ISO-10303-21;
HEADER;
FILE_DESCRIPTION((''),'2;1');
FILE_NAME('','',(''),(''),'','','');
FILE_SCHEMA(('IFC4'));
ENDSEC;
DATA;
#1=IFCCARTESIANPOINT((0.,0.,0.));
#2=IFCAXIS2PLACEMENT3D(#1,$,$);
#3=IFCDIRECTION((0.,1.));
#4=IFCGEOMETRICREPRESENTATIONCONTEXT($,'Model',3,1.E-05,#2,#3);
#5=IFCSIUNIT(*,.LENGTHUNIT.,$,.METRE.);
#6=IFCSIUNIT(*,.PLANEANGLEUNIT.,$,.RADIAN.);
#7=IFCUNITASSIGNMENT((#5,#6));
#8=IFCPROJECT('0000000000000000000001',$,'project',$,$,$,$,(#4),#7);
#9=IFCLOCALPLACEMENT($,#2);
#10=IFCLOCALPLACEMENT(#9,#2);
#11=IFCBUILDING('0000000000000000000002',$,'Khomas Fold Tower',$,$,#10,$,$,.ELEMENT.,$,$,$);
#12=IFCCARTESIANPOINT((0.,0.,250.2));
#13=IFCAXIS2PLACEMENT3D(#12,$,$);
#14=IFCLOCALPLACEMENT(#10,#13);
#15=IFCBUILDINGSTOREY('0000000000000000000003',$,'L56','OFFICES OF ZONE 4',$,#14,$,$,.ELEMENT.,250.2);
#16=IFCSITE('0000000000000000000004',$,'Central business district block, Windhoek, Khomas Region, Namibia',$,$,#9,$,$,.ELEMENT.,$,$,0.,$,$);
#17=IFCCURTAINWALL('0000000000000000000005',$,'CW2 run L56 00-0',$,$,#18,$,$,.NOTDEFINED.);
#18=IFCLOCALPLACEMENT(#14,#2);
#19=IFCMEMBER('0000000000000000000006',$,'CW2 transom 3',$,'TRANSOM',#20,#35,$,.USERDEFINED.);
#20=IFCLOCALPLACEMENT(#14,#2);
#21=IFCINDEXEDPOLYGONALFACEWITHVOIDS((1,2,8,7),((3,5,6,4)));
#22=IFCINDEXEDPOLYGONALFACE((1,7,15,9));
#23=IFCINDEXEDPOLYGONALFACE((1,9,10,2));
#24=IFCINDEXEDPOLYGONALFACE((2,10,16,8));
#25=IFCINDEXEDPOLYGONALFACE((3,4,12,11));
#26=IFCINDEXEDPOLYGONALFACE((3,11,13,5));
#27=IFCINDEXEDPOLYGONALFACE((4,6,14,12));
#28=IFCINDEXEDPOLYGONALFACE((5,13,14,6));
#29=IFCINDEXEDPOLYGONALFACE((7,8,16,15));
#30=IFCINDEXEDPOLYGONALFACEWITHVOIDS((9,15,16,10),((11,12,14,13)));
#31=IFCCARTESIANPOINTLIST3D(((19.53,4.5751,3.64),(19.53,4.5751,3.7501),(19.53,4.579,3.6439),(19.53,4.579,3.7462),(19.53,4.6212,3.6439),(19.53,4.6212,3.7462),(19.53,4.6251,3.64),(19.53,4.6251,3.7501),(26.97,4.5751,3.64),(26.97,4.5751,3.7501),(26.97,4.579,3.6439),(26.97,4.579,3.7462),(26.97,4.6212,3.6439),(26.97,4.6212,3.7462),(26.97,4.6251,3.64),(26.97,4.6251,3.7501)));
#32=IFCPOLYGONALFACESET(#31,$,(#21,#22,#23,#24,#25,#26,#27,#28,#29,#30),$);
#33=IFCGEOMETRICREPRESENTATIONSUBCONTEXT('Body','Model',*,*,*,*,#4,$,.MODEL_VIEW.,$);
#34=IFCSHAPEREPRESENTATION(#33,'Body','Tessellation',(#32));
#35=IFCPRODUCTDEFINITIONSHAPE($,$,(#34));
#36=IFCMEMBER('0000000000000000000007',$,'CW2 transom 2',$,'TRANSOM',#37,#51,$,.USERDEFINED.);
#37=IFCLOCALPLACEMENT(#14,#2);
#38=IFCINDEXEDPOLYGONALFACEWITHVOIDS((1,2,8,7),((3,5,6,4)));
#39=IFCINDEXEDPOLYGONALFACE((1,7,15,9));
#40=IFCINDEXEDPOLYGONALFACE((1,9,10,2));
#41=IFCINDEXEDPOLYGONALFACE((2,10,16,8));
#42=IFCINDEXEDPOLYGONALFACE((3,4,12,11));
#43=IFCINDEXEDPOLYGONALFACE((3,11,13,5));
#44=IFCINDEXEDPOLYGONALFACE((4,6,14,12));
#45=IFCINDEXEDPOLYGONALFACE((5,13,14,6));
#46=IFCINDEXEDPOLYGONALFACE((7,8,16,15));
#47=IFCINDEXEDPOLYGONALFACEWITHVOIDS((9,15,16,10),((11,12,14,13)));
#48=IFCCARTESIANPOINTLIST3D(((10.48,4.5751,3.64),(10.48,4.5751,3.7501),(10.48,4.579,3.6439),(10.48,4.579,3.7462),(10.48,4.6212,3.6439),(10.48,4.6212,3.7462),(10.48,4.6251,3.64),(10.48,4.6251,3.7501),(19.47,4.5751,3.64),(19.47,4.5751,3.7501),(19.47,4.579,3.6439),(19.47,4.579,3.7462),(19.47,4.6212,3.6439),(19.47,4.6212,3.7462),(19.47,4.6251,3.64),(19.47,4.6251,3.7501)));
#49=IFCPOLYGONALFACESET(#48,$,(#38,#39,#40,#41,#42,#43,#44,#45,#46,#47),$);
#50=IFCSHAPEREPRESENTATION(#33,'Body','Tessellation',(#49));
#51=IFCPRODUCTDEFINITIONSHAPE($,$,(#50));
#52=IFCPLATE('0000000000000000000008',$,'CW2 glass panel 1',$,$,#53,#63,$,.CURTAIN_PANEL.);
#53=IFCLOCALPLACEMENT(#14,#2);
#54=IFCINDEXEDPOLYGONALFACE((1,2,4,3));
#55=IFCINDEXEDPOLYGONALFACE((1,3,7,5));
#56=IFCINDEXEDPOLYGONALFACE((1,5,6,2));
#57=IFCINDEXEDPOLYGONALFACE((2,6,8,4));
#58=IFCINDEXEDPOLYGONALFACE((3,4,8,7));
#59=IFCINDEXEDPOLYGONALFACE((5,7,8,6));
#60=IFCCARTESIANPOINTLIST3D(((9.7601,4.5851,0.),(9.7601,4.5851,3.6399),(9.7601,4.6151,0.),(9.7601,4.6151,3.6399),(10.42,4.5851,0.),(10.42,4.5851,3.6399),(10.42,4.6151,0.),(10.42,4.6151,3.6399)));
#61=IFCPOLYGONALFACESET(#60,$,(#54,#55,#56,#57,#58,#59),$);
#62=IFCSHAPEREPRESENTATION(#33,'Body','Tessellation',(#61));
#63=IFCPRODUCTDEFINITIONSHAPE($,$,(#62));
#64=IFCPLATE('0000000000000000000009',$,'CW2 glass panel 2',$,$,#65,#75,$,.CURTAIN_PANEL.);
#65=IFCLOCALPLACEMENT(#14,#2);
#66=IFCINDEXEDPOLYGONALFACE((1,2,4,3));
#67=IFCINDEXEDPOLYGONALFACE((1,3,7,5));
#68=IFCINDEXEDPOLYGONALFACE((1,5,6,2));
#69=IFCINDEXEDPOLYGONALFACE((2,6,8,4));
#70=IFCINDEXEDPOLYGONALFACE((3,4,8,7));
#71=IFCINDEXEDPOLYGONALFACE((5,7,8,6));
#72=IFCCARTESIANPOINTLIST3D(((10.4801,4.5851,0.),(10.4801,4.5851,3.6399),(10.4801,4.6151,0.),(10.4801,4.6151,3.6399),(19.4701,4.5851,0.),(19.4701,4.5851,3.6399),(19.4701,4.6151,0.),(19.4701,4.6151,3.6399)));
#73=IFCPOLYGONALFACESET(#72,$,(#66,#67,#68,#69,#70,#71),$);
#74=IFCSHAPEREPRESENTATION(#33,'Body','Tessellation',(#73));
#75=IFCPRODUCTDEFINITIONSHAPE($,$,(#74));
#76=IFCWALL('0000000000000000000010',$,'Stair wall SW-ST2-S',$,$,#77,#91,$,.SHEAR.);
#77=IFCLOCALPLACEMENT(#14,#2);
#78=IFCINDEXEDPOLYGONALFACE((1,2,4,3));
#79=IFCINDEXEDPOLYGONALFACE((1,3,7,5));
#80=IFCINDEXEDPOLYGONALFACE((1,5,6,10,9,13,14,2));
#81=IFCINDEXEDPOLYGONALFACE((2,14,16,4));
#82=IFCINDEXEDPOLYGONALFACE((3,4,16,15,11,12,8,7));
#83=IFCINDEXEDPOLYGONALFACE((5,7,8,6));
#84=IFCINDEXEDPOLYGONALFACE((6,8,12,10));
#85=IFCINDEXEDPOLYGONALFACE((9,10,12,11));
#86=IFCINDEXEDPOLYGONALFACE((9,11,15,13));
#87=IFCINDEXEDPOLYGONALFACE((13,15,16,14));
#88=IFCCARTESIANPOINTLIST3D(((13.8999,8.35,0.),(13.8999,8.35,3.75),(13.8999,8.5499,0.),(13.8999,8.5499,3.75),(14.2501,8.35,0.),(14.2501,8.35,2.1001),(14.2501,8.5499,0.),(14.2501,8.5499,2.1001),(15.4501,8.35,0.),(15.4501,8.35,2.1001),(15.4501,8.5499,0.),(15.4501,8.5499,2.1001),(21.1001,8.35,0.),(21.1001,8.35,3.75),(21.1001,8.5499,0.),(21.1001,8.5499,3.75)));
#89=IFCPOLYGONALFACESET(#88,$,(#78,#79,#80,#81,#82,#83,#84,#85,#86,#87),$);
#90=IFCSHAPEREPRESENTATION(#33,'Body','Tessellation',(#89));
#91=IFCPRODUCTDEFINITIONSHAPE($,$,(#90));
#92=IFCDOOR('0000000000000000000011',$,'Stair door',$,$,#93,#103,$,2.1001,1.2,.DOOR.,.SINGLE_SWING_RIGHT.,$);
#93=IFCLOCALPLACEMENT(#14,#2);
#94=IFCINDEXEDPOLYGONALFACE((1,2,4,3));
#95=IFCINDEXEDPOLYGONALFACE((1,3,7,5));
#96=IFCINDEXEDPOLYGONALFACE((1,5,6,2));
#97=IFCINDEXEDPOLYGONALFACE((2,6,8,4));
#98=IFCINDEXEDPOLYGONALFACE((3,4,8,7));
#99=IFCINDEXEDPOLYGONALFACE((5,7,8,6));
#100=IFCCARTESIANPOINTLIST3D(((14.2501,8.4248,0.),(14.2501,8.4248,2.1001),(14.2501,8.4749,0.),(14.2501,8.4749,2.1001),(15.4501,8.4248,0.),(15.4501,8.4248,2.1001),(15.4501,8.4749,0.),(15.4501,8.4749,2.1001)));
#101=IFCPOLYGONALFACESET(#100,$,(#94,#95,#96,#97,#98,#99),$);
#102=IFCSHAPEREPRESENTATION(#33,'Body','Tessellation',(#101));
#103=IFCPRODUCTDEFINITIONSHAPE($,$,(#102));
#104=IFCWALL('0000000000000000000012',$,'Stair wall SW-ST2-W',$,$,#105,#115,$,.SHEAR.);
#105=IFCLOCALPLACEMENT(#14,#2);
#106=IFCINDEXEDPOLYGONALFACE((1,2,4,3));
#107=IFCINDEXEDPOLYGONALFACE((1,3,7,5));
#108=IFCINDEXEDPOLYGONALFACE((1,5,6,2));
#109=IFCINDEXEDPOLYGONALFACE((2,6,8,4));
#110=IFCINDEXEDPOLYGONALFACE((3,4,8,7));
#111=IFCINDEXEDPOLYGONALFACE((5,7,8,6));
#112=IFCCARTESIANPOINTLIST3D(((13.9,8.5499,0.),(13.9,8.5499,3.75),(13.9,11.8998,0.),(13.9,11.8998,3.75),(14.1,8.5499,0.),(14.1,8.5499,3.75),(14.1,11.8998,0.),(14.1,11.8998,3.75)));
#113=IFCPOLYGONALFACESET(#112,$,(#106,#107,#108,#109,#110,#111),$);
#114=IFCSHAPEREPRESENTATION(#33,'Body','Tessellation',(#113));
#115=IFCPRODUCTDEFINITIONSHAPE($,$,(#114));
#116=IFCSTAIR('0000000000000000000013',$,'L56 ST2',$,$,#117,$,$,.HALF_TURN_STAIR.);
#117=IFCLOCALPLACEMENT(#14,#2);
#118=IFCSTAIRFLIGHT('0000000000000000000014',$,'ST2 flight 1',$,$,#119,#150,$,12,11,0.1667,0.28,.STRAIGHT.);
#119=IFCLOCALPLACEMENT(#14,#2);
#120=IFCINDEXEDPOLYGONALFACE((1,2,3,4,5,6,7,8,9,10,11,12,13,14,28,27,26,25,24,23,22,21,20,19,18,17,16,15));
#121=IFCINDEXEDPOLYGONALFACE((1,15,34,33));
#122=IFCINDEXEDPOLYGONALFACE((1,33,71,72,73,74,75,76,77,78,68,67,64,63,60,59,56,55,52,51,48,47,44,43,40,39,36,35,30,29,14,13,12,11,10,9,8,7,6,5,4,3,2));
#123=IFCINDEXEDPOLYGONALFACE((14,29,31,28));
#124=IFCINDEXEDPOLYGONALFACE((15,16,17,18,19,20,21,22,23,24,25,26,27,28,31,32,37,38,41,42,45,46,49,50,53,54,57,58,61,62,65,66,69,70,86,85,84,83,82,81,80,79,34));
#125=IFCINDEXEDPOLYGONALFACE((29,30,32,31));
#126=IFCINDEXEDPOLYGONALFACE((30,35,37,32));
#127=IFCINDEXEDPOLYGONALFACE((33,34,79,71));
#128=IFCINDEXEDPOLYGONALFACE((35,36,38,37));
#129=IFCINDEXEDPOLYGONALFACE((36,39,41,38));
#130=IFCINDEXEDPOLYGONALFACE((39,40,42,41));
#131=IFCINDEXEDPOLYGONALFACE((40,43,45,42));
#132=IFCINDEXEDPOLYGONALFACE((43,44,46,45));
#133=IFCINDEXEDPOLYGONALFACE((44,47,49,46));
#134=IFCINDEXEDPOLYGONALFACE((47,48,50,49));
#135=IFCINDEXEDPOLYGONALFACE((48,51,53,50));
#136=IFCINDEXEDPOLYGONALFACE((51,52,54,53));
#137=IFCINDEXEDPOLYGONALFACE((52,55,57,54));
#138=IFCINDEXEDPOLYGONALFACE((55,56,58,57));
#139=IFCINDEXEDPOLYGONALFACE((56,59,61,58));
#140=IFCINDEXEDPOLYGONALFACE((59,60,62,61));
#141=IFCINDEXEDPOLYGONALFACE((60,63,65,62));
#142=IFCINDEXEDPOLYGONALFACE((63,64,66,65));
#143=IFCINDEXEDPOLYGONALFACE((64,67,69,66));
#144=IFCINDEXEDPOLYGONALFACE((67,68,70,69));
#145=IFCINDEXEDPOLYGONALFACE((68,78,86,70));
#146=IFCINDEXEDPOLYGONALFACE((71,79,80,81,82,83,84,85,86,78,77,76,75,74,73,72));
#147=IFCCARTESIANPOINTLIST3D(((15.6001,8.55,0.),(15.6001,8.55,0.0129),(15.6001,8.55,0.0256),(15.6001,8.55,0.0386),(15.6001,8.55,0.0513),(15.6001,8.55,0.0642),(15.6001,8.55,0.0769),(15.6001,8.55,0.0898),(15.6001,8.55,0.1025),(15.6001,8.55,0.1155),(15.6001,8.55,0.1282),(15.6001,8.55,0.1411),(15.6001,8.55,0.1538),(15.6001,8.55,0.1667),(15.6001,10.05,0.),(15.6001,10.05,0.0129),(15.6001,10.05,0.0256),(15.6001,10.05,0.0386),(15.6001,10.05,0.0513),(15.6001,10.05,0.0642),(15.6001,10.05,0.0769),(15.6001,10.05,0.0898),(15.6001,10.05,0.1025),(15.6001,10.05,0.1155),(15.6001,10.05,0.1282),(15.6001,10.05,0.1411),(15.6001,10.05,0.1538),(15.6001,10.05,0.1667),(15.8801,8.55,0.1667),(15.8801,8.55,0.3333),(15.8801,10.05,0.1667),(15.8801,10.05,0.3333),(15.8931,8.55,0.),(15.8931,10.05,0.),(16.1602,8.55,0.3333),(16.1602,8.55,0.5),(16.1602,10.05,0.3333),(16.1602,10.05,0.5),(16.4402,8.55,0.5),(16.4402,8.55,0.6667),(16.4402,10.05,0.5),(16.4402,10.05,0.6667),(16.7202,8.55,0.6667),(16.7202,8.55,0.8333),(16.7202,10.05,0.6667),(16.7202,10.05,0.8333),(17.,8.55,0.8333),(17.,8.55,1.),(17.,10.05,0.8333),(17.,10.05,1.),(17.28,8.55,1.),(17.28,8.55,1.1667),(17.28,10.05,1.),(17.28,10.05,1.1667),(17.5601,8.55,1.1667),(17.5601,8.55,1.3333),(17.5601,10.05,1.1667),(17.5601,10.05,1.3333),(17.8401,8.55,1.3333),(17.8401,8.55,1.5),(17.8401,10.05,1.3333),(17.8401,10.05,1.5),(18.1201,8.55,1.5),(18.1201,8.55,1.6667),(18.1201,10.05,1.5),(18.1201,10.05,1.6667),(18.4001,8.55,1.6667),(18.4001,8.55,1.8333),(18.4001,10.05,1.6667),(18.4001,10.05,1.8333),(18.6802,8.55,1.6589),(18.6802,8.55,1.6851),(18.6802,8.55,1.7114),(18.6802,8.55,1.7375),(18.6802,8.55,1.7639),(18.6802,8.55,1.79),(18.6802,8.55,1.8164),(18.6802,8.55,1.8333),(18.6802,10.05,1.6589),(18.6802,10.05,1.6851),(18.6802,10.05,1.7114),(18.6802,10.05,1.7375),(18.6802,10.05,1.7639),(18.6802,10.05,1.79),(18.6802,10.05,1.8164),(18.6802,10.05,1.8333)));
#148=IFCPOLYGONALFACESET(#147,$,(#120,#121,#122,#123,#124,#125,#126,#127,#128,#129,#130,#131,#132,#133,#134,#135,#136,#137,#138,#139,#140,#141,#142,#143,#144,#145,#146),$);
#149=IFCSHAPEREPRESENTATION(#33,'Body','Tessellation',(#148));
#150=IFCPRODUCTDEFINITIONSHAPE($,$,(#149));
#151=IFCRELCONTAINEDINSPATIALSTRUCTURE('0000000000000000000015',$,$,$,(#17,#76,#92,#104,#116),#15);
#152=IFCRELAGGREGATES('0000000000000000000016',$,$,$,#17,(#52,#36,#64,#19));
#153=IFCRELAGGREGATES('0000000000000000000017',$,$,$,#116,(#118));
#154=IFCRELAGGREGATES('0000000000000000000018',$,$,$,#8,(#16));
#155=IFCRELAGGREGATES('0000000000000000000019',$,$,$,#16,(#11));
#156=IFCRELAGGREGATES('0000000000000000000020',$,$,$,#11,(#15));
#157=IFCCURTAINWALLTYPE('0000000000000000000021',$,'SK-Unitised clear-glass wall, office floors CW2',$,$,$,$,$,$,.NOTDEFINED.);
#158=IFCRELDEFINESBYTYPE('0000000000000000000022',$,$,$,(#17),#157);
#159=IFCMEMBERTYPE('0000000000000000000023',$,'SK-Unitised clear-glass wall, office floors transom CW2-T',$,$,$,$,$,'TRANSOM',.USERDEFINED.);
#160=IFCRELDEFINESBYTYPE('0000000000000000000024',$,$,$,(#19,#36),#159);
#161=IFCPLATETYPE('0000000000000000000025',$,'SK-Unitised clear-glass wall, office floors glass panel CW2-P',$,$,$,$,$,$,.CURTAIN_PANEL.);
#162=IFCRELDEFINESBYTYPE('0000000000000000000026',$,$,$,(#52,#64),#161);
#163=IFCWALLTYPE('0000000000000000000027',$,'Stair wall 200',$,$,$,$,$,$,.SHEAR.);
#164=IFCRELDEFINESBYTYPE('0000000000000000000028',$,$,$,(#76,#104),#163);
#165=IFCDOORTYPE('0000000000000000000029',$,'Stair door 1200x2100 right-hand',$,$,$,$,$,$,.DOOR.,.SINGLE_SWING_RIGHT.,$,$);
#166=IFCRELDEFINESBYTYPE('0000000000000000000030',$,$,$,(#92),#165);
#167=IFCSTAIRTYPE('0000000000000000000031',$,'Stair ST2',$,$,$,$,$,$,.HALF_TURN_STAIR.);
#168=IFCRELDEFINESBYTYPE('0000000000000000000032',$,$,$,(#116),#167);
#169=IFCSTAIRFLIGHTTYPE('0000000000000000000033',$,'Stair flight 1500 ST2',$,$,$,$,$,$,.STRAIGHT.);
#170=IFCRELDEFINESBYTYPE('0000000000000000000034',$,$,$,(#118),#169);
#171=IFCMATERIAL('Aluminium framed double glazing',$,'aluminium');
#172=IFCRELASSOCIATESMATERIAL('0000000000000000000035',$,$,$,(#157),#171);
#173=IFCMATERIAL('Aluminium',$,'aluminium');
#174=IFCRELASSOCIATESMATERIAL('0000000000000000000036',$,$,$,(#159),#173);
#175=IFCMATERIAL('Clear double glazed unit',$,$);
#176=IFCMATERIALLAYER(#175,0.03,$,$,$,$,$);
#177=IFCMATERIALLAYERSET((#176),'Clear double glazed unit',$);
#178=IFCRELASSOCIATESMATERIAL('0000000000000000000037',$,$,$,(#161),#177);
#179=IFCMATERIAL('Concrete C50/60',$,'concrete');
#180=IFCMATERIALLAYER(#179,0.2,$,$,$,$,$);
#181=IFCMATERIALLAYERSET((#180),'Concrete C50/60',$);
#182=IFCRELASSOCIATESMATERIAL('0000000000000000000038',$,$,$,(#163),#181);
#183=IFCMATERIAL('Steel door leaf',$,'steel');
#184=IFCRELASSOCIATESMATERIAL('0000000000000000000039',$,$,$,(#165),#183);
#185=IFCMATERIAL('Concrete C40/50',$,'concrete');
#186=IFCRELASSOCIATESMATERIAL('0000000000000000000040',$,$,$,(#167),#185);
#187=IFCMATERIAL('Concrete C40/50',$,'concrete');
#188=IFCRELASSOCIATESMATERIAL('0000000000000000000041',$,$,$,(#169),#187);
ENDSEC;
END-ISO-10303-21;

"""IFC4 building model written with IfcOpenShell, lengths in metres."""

from ifc_helpers import new_model, si_unit, direction, frame, frame_2d, origin, origin_2d, place, context, subcontext, project, spatial, polyline, rectangle, hollow_rectangle, outline, extrude, source, transform, mapped, material, layer, layer_set, material_profile, profile_set, type_object, element, fill, aggregate, save


model = new_model("IFC4")

# Units and contexts
model_context = context("Model", 3, precision=1e-05, world=origin(), true_north=direction((0.0, 1.0)))
body_context = subcontext(model_context, "Body", "Model", "MODEL_VIEW")
ifc_project = project(units=[si_unit("LENGTHUNIT", "METRE"), si_unit("PLANEANGLEUNIT", "RADIAN")], contexts=[model_context])

# Site, building, storey
site_placement = place(None, origin())
site = spatial("IfcSite", under=ifc_project, at=site_placement, Name="Central business district block, Windhoek, Khomas Region, Namibia", CompositionType="ELEMENT", RefElevation=0.0)
building_placement = place(site_placement, origin())
building = spatial("IfcBuilding", under=site, at=building_placement, Name="Khomas Fold Tower", CompositionType="ELEMENT")
storey_placement = place(building_placement, frame((0.0, 0.0, 250.2)))
storey = spatial("IfcBuildingStorey", under=building, at=storey_placement, Name="L56", Description="OFFICES OF ZONE 4", CompositionType="ELEMENT", Elevation=250.2)

# Curtain wall, members, plates
ifc_material_1 = material(Name="Aluminium framed double glazing", Category="aluminium")
curtain_wall_type = type_object("IfcCurtainWallType", Name="SK-Unitised clear-glass wall, office floors CW2", PredefinedType="NOTDEFINED", material=ifc_material_1)
curtain_wall_placement = place(storey_placement, origin())
curtain_wall = element("IfcCurtainWall", 1, at=curtain_wall_placement, inside=storey, type_object=curtain_wall_type, Name="CW2 run L56 00-0", PredefinedType="NOTDEFINED")
ifc_material_2 = material(Name="Aluminium", Category="aluminium")
ifc_material_profile_1 = material_profile(ifc_material_2, hollow_rectangle(XDim=0.05, YDim=0.1101, WallThickness=0.0039, at=origin_2d()), Name="SK-Unitised clear-glass wall, office floors transom CW2-T")
ifc_profile_set_1 = profile_set([ifc_material_profile_1], Name="Aluminium")
member_type_1 = type_object("IfcMemberType", Name="SK-Unitised clear-glass wall, office floors transom CW2-T", ElementType="TRANSOM", PredefinedType="USERDEFINED", material=ifc_profile_set_1)
shared_shape_1 = source(origin(), body_context, "Body", "SweptSolid", [
    extrude(hollow_rectangle(XDim=0.05, YDim=0.1101, WallThickness=0.0039, at=origin_2d()), origin(), (0.0, 0.0, 1.0), 7.4399),
])
member_1_placement = place(storey_placement, frame((19.53, 4.6001, 3.6951), z_axis=(1.0, 0.0, 0.0), x_axis=(0.0, 1.0, 0.0)))
member_1 = element("IfcMember", 2, at=member_1_placement, type_object=member_type_1, Name="CW2 transom 3", ObjectType="TRANSOM", PredefinedType="USERDEFINED", context=body_context, shape_type="MappedRepresentation", body=[
    mapped(shared_shape_1, transform((0.0, 0.0, 0.0))),
])
shared_shape_2 = source(origin(), body_context, "Body", "SweptSolid", [
    extrude(hollow_rectangle(XDim=0.05, YDim=0.1101, WallThickness=0.0039, at=origin_2d()), origin(), (0.0, 0.0, 1.0), 8.99),
])
member_2_placement = place(storey_placement, frame((10.48, 4.6001, 3.6951), z_axis=(1.0, 0.0, 0.0), x_axis=(0.0, 1.0, 0.0)))
member_2 = element("IfcMember", 3, at=member_2_placement, type_object=member_type_1, Name="CW2 transom 2", ObjectType="TRANSOM", PredefinedType="USERDEFINED", context=body_context, shape_type="MappedRepresentation", body=[
    mapped(shared_shape_2, transform((0.0, 0.0, 0.0))),
])
ifc_material_3 = material(Name="Clear double glazed unit")
ifc_layer_1 = layer(ifc_material_3, 0.03)
ifc_layer_set_1 = layer_set([ifc_layer_1], Name="Clear double glazed unit")
plate_type = type_object("IfcPlateType", Name="SK-Unitised clear-glass wall, office floors glass panel CW2-P", PredefinedType="CURTAIN_PANEL", material=ifc_layer_set_1)
shared_shape_3 = source(origin(), body_context, "Body", "SweptSolid", [
    extrude(rectangle(XDim=0.6599, YDim=0.03, at=origin_2d()), origin(), (0.0, 0.0, 1.0), 3.6399),
])
plate_1_placement = place(storey_placement, frame((10.0901, 4.6001, 0.0), z_axis=(0.0, 0.0, 1.0), x_axis=(1.0, 0.0, 0.0)))
plate_1 = element("IfcPlate", 4, at=plate_1_placement, type_object=plate_type, Name="CW2 glass panel 1", PredefinedType="CURTAIN_PANEL", context=body_context, shape_type="MappedRepresentation", body=[
    mapped(shared_shape_3, transform((0.0, 0.0, 0.0))),
])
shared_shape_4 = source(origin(), body_context, "Body", "SweptSolid", [
    extrude(rectangle(XDim=8.99, YDim=0.03, at=origin_2d()), origin(), (0.0, 0.0, 1.0), 3.6399),
])
plate_2_placement = place(storey_placement, frame((14.9751, 4.6001, 0.0), z_axis=(0.0, 0.0, 1.0), x_axis=(1.0, 0.0, 0.0)))
plate_2 = element("IfcPlate", 5, at=plate_2_placement, type_object=plate_type, Name="CW2 glass panel 2", PredefinedType="CURTAIN_PANEL", context=body_context, shape_type="MappedRepresentation", body=[
    mapped(shared_shape_4, transform((0.0, 0.0, 0.0))),
])
aggregate(curtain_wall, [plate_1, member_2, plate_2, member_1])

# Wall, opening, door
ifc_material_4 = material(Name="Concrete C50/60", Category="concrete")
ifc_layer_2 = layer(ifc_material_4, 0.2)
ifc_layer_set_2 = layer_set([ifc_layer_2], Name="Concrete C50/60")
wall_type = type_object("IfcWallType", Name="Stair wall 200", PredefinedType="SHEAR", material=ifc_layer_set_2)
shared_shape_5 = source(origin(), body_context, "Body", "SweptSolid", [
    extrude(rectangle(XDim=7.2002, YDim=0.2, at=frame_2d((3.6001, 0.0))), origin(), (0.0, 0.0, 1.0), 3.75),
])
wall_1_placement = place(storey_placement, frame((13.8999, 8.45, 0.0), z_axis=(0.0, 0.0, 1.0), x_axis=(1.0, 0.0, 0.0)))
wall_1 = element("IfcWall", 6, at=wall_1_placement, inside=storey, type_object=wall_type, Name="Stair wall SW-ST2-S", PredefinedType="SHEAR", context=body_context, shape_type="MappedRepresentation", body=[
    mapped(shared_shape_5, transform((0.0, 0.0, 0.0))),
])
shared_shape_6 = source(origin(), body_context, "Body", "SweptSolid", [
    extrude(rectangle(XDim=1.2, YDim=2.1001, at=frame_2d((0.6001, 1.05))), frame((0.0, 0.1099, 0.0), z_axis=(0.0, -1.0, 0.0), x_axis=(1.0, 0.0, 0.0)), (0.0, 0.0, 1.0), 0.22),
])
opening_placement = place(wall_1_placement, frame((0.3501, 0.0, 0.0)))
opening = element("IfcOpeningElement", 7, at=opening_placement, cuts=wall_1, PredefinedType="OPENING", context=body_context, shape_type="MappedRepresentation", body=[
    mapped(shared_shape_6, transform((0.0, 0.0, 0.0))),
])
ifc_material_5 = material(Name="Steel door leaf", Category="steel")
door_type = type_object("IfcDoorType", Name="Stair door 1200x2100 right-hand", OperationType="SINGLE_SWING_RIGHT", PredefinedType="DOOR", material=ifc_material_5)
shared_shape_7 = source(origin(), body_context, "Body", "SweptSolid", [
    extrude(rectangle(XDim=1.2, YDim=2.1001, at=frame_2d((0.6001, 1.05))), frame((0.0, 0.0249, 0.0), z_axis=(0.0, -1.0, 0.0), x_axis=(1.0, 0.0, 0.0)), (0.0, 0.0, 1.0), 0.05),
])
door_placement = place(opening_placement, origin())
door = element("IfcDoor", 8, at=door_placement, inside=storey, type_object=door_type, Name="Stair door", OperationType="SINGLE_SWING_RIGHT", OverallHeight=2.1001, OverallWidth=1.2, PredefinedType="DOOR", context=body_context, shape_type="MappedRepresentation", body=[
    mapped(shared_shape_7, transform((0.0, 0.0, 0.0))),
])
fill(opening, door)

# Wall
shared_shape_8 = source(origin(), body_context, "Body", "SweptSolid", [
    extrude(rectangle(XDim=3.3499, YDim=0.2, at=frame_2d((1.6748, 0.0))), origin(), (0.0, 0.0, 1.0), 3.75),
])
wall_2_placement = place(storey_placement, frame((14.0, 8.55, 0.0), z_axis=(0.0, 0.0, 1.0), x_axis=(0.0, 1.0, 0.0)))
element("IfcWall", 9, at=wall_2_placement, inside=storey, type_object=wall_type, Name="Stair wall SW-ST2-W", PredefinedType="SHEAR", context=body_context, shape_type="MappedRepresentation", body=[
    mapped(shared_shape_8, transform((0.0, 0.0, 0.0))),
])

# Stair, stair flight
ifc_material_6 = material(Name="Concrete C40/50", Category="concrete")
stair_type = type_object("IfcStairType", Name="Stair ST2", PredefinedType="HALF_TURN_STAIR", material=ifc_material_6)
stair_placement = place(storey_placement, origin())
stair = element("IfcStair", 10, at=stair_placement, inside=storey, type_object=stair_type, Name="L56 ST2", PredefinedType="HALF_TURN_STAIR")
ifc_material_7 = material(Name="Concrete C40/50", Category="concrete")
stair_flight_type = type_object("IfcStairFlightType", Name="Stair flight 1500 ST2", PredefinedType="STRAIGHT", material=ifc_material_7)
shared_shape_9 = source(origin(), body_context, "Body", "SweptSolid", [
    extrude(outline(polyline([(0.0, 0.0), (0.0, 0.0129), (0.0, 0.0256), (0.0, 0.0386), (0.0, 0.0513), (0.0, 0.0642), (0.0, 0.0769), (0.0, 0.0898), (0.0, 0.1025), (0.0, 0.1155), (0.0, 0.1282), (0.0, 0.1411), (0.0, 0.1538), (0.0, 0.1667), (0.28, 0.1667), (0.28, 0.3333), (0.5601, 0.3333), (0.5601, 0.5), (0.8401, 0.5), (0.8401, 0.6667), (1.1201, 0.6667), (1.1201, 0.8333), (1.3999, 0.8333), (1.3999, 1.0), (1.6799, 1.0), (1.6799, 1.1667), (1.96, 1.1667), (1.96, 1.3333), (2.24, 1.3333), (2.24, 1.5), (2.52, 1.5), (2.52, 1.6667), (2.8, 1.6667), (2.8, 1.8333), (3.0801, 1.8333), (3.0801, 2.0), (3.0801, 1.9739), (3.0801, 1.9475), (3.0801, 1.9214), (3.0801, 1.895), (3.0801, 1.8689), (3.0801, 1.8425), (3.0801, 1.8164), (3.0801, 1.79), (3.0801, 1.7639), (3.0801, 1.7375), (3.0801, 1.7114), (3.0801, 1.6851), (3.0801, 1.6589), (0.293, 0.0), (0.0, 0.0)])), frame((0.0, 0.75, 0.0), z_axis=(0.0, -1.0, 0.0), x_axis=(1.0, 0.0, 0.0)), (0.0, 0.0, 1.0), 1.5),
])
stair_flight_placement = place(storey_placement, frame((15.6001, 9.3, 0.0), z_axis=(0.0, 0.0, 1.0), x_axis=(1.0, 0.0, 0.0)))
stair_flight = element("IfcStairFlight", 11, at=stair_flight_placement, type_object=stair_flight_type, Name="ST2 flight 1", NumberOfRisers=12, NumberOfTreads=11, PredefinedType="STRAIGHT", RiserHeight=0.1667, TreadLength=0.28, context=body_context, shape_type="MappedRepresentation", body=[
    mapped(shared_shape_9, transform((0.0, 0.0, 0.0))),
])
aggregate(stair, [stair_flight])

save(model, "model.ifc")
